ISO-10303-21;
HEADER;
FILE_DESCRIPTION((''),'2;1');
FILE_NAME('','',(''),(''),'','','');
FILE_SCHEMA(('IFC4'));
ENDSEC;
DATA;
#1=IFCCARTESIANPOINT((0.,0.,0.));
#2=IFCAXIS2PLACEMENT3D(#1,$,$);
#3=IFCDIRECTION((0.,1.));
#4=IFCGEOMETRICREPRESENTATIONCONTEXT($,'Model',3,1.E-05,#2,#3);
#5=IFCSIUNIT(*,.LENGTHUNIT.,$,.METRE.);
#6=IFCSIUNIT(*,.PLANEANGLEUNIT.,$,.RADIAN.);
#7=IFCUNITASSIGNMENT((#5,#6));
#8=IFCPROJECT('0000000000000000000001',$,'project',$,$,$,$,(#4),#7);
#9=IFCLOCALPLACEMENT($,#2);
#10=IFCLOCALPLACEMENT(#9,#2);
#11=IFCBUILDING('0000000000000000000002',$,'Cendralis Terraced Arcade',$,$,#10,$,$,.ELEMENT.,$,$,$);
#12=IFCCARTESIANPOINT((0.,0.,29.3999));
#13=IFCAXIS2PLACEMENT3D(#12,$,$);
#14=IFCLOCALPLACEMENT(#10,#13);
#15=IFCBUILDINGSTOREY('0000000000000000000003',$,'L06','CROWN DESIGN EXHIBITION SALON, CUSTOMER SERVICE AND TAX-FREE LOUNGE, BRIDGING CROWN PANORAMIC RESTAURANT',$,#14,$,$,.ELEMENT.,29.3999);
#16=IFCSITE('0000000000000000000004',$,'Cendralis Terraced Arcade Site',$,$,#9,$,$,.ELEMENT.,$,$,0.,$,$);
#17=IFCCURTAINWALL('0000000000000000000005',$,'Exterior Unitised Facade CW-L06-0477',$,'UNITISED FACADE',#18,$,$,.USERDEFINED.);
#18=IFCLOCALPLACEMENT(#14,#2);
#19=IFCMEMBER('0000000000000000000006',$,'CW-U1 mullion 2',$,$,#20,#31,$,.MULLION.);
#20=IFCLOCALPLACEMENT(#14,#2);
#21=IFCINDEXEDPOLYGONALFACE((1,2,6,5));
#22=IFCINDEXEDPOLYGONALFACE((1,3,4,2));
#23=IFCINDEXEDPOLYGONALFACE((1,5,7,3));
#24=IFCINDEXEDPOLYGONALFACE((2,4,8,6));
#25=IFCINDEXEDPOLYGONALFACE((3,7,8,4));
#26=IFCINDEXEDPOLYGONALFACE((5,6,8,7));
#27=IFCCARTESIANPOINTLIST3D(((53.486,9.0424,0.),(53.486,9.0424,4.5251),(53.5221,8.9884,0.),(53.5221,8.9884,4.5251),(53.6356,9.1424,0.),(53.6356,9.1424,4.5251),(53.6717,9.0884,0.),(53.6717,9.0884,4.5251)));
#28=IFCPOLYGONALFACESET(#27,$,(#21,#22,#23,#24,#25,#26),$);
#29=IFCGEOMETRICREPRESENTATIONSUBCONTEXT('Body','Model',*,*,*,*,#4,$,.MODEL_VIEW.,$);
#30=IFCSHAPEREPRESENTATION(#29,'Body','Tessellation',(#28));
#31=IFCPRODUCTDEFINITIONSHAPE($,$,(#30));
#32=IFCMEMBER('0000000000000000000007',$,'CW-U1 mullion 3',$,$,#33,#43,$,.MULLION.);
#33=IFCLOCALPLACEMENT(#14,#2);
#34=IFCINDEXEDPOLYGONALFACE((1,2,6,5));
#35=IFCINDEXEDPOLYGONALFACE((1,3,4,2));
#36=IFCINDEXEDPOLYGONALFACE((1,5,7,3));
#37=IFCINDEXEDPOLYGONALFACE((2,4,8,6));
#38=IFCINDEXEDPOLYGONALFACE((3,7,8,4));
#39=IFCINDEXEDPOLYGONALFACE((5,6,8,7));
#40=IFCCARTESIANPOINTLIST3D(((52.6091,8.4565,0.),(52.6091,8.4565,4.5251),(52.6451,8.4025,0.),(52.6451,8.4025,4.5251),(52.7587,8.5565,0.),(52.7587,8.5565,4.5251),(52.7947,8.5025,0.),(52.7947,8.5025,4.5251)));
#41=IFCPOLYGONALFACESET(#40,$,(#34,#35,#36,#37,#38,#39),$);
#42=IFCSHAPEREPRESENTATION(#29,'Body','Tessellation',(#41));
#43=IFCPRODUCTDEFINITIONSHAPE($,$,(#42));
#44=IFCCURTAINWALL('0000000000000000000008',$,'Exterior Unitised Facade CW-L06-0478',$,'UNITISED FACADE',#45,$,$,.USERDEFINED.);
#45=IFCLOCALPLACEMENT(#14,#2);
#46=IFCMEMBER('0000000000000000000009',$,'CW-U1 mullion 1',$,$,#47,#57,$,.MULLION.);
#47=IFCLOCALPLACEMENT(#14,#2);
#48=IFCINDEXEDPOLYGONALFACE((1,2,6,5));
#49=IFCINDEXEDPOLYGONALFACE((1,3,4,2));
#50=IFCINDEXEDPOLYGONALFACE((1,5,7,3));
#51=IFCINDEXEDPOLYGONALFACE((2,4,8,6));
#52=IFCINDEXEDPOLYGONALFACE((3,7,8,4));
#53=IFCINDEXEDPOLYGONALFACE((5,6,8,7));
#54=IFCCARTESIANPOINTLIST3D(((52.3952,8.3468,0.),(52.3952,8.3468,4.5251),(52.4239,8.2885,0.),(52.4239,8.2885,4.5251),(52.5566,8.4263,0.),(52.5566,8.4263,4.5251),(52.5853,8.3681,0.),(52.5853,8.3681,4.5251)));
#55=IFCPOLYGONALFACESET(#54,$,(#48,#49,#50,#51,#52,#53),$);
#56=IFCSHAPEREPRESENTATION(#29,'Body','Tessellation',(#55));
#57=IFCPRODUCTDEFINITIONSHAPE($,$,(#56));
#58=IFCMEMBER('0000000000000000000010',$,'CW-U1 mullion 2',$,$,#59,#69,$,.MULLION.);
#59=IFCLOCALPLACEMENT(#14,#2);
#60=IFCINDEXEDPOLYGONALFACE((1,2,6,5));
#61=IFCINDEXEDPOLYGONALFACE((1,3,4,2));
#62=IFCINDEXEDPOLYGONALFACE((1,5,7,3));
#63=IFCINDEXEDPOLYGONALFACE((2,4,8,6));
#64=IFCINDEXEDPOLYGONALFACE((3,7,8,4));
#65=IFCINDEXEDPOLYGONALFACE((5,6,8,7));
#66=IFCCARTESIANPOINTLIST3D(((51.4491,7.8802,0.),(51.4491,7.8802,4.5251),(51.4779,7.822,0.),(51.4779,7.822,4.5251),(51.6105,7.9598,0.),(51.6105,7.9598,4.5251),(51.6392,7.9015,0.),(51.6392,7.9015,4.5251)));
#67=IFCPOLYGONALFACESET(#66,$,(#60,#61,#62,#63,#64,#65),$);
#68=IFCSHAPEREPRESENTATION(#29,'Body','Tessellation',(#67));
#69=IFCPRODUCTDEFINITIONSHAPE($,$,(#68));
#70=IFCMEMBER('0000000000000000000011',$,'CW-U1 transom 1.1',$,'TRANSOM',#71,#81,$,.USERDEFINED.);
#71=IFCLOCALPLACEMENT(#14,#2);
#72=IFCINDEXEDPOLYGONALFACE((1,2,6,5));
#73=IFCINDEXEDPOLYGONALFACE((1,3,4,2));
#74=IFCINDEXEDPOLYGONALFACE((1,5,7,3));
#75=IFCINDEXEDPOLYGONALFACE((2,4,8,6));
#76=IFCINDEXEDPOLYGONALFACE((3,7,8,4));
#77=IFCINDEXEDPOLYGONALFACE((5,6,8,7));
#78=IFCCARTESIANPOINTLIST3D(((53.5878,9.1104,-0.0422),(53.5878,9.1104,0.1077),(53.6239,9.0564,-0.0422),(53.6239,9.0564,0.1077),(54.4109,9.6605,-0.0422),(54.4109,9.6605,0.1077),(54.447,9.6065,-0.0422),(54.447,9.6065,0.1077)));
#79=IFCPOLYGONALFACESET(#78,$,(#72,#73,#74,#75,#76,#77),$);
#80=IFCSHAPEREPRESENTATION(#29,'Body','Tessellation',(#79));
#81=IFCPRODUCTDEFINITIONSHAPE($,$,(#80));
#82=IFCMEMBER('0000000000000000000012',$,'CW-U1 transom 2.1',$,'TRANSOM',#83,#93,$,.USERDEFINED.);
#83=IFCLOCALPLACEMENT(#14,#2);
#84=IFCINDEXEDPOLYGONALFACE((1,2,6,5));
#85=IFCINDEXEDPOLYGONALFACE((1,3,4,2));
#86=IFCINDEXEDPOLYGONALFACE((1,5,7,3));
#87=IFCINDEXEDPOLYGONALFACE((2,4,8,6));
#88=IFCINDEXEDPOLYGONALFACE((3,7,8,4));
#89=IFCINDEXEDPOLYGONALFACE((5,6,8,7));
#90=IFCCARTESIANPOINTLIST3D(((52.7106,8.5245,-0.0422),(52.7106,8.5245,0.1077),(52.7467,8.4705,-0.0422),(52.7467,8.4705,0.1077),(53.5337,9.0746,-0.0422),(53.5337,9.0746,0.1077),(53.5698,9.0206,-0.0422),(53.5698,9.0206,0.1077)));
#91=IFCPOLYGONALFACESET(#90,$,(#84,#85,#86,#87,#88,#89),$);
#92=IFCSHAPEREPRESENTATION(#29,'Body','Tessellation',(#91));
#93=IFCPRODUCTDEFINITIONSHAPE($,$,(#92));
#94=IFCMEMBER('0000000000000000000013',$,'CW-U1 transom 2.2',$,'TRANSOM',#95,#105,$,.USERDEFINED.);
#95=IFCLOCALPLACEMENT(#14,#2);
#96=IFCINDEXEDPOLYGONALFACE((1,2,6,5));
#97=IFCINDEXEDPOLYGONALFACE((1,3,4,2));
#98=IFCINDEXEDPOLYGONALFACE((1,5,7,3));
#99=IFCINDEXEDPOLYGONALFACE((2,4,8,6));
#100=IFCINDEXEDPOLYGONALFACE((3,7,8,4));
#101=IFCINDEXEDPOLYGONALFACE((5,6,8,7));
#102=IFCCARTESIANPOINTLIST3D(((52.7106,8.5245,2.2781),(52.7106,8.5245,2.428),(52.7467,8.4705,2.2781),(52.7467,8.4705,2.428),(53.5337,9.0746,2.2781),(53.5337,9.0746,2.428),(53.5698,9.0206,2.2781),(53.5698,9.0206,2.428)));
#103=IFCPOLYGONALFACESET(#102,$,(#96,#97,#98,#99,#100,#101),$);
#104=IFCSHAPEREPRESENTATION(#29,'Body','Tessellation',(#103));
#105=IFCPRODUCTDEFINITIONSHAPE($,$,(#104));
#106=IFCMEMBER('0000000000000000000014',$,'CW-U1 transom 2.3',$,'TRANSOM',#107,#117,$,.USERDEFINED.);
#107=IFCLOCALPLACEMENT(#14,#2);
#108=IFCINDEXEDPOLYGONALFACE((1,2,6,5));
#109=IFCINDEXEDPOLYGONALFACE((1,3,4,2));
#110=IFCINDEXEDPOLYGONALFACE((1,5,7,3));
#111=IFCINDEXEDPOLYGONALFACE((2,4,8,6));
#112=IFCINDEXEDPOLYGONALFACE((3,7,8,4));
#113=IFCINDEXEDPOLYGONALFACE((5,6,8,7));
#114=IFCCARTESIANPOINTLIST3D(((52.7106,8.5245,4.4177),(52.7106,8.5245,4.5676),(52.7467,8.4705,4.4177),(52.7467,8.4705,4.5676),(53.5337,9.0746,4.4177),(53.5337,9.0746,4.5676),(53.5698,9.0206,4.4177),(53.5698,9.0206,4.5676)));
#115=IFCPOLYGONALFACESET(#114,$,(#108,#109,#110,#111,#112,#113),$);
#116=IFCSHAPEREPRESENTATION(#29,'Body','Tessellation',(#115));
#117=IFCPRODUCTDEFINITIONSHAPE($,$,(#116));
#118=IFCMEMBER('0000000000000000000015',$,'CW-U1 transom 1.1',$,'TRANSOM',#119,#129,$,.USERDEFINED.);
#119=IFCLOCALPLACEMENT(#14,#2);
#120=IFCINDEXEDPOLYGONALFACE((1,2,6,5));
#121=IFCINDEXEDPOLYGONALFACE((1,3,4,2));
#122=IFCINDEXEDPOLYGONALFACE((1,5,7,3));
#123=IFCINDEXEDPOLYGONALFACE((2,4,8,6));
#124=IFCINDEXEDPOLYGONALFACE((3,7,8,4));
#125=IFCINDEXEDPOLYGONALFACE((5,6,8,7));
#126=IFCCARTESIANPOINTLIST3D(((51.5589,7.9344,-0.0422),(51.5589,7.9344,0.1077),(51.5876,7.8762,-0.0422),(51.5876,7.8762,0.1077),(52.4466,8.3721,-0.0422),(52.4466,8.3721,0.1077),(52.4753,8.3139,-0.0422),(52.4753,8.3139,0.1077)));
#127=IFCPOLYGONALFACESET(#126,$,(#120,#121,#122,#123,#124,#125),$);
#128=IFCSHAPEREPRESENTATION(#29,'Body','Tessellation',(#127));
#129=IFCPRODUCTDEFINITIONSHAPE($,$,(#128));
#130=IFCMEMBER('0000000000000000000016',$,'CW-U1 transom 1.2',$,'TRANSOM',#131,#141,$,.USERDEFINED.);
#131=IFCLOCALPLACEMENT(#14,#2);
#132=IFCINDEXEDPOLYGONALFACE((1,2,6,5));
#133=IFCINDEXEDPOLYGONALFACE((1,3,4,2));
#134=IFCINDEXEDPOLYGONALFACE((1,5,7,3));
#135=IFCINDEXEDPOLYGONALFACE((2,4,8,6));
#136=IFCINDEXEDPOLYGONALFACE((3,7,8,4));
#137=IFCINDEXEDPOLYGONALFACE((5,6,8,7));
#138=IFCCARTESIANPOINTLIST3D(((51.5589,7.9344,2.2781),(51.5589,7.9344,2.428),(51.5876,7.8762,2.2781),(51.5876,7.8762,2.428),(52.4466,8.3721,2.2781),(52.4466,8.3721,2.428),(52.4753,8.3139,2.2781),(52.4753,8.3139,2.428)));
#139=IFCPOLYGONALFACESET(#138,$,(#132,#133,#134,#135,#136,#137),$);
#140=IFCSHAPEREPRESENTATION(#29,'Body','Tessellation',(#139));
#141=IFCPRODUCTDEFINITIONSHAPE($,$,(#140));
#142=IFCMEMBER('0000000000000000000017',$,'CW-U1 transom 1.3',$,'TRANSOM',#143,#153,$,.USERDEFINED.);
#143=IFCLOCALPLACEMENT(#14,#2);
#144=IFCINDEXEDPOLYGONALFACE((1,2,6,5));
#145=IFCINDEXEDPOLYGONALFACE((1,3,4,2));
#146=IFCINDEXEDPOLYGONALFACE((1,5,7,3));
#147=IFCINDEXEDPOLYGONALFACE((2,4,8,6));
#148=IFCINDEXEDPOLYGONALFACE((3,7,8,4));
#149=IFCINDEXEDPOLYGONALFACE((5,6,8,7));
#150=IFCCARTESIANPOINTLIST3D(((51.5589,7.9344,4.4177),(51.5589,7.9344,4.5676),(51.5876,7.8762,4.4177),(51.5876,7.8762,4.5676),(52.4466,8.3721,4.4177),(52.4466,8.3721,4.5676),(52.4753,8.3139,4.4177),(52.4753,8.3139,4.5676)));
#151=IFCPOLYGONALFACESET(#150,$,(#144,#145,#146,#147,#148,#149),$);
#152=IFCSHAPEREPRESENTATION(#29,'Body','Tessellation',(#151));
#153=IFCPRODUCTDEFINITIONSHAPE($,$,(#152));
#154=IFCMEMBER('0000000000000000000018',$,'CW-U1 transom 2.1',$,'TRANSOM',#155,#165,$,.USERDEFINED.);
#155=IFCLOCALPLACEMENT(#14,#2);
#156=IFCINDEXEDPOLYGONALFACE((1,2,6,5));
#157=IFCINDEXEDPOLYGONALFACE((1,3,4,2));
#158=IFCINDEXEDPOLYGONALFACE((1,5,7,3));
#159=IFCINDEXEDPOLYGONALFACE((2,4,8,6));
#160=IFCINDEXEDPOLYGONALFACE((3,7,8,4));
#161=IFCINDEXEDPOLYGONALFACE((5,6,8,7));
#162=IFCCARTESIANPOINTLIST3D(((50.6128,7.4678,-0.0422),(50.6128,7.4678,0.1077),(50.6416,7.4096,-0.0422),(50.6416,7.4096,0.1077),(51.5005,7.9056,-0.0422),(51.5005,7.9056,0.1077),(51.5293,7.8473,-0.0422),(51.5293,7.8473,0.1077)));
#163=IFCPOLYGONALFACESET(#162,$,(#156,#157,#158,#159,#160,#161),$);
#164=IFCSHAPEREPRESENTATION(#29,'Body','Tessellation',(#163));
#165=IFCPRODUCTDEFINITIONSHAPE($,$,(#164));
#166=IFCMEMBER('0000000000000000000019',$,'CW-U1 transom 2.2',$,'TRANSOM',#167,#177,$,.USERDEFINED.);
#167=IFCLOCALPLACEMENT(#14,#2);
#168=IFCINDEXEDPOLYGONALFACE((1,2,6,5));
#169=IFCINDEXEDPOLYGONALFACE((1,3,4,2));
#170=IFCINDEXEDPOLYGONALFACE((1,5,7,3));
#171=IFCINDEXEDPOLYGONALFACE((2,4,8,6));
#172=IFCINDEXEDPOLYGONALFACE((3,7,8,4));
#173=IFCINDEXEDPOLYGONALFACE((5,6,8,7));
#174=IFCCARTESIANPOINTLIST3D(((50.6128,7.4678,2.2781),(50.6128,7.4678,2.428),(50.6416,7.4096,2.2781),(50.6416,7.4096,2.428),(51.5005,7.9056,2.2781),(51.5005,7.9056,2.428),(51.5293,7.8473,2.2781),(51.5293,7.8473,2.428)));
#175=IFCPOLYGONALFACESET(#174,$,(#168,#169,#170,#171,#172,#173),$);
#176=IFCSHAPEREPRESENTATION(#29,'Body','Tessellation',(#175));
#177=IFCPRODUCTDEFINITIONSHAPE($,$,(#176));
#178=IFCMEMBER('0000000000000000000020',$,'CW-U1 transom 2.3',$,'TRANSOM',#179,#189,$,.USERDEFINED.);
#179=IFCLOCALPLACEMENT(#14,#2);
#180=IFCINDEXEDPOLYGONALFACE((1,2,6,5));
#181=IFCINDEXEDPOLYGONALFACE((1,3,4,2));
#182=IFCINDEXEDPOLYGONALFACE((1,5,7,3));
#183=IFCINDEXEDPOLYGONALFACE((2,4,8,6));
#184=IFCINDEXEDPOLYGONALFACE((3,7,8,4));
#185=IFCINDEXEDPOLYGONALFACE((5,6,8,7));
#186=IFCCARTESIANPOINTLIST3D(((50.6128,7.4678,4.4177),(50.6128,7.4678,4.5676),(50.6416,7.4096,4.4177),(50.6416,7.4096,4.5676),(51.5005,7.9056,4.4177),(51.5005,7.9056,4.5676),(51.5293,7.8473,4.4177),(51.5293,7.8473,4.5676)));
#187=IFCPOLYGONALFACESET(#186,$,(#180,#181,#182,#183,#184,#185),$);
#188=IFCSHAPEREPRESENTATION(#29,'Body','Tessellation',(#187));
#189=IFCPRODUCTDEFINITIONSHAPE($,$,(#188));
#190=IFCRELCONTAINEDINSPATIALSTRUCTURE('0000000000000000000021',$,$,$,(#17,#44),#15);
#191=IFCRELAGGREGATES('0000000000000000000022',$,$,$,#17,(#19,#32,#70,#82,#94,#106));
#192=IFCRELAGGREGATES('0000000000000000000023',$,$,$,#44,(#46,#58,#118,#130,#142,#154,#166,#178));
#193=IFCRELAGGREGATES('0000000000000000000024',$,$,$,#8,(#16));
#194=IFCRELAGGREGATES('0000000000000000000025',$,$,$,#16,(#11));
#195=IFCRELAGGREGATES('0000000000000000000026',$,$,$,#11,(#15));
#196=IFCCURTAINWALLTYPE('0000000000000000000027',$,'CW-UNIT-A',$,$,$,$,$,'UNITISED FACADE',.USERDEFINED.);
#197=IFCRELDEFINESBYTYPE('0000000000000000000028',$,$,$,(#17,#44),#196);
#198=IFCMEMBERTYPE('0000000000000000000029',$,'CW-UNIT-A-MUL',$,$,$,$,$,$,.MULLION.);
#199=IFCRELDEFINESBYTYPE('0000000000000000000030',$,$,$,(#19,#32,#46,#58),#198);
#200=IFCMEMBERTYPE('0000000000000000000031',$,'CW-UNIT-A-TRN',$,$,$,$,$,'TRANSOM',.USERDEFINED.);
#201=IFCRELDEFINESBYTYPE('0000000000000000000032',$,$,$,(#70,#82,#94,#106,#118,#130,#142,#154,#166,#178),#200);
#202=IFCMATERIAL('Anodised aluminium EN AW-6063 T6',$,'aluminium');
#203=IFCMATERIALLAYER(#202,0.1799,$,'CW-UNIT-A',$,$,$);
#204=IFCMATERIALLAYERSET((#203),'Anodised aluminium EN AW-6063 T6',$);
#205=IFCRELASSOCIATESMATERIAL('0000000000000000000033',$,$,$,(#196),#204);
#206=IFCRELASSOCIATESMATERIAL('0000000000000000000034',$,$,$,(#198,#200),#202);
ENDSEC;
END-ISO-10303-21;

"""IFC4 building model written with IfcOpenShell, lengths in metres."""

from ifc_helpers import new_model, si_unit, direction, frame, origin, origin_2d, place, context, subcontext, project, spatial, rectangle, extrude, material, layer, layer_set, material_profile, profile_set, type_object, element, aggregate, save


model = new_model("IFC4")

# Units and contexts
model_context = context("Model", 3, precision=1e-05, world=origin(), true_north=direction((0.0, 1.0)))
body_context = subcontext(model_context, "Body", "Model", "MODEL_VIEW")
ifc_project = project(units=[si_unit("LENGTHUNIT", "METRE"), si_unit("PLANEANGLEUNIT", "RADIAN")], contexts=[model_context])

# Site, building, storey
site_placement = place(None, origin())
site = spatial("IfcSite", under=ifc_project, at=site_placement, Name="Cendralis Terraced Arcade Site", CompositionType="ELEMENT", RefElevation=0.0)
building_placement = place(site_placement, origin())
building = spatial("IfcBuilding", under=site, at=building_placement, Name="Cendralis Terraced Arcade", CompositionType="ELEMENT")
storey_placement = place(building_placement, frame((0.0, 0.0, 29.3999)))
storey = spatial("IfcBuildingStorey", under=building, at=storey_placement, Name="L06", Description="CROWN DESIGN EXHIBITION SALON, CUSTOMER SERVICE AND TAX-FREE LOUNGE, BRIDGING CROWN PANORAMIC RESTAURANT", CompositionType="ELEMENT", Elevation=29.3999)

# Curtain walls, members
ifc_material_1 = material(Name="Anodised aluminium EN AW-6063 T6", Category="aluminium")
ifc_layer_1 = layer(ifc_material_1, 0.1799, Name="CW-UNIT-A")
ifc_layer_set_1 = layer_set([ifc_layer_1], Name="Anodised aluminium EN AW-6063 T6")
curtain_wall_type = type_object("IfcCurtainWallType", Name="CW-UNIT-A", ElementType="UNITISED FACADE", PredefinedType="USERDEFINED", material=ifc_layer_set_1)
curtain_wall_1_placement = place(storey_placement, origin())
curtain_wall_1 = element("IfcCurtainWall", 1, at=curtain_wall_1_placement, inside=storey, type_object=curtain_wall_type, Name="Exterior Unitised Facade CW-L06-0477", ObjectType="UNITISED FACADE", PredefinedType="USERDEFINED")
ifc_material_profile_1 = material_profile(ifc_material_1, rectangle(XDim=0.0649, YDim=0.1799, at=origin_2d()), Name="ALU-MUL-65x180")
ifc_profile_set_1 = profile_set([ifc_material_profile_1], Name="Anodised aluminium EN AW-6063 T6")
member_type_1 = type_object("IfcMemberType", Name="CW-UNIT-A-MUL", PredefinedType="MULLION", material=ifc_profile_set_1)
member_1_placement = place(storey_placement, frame((53.5789, 9.0654, 0.0), z_axis=(0.0, 0.0, 1.0), x_axis=(0.555559, -0.831477, 0.0)))
member_1 = element("IfcMember", 2, at=member_1_placement, type_object=member_type_1, Name="CW-U1 mullion 2", PredefinedType="MULLION", context=body_context, shape_type="SweptSolid", body=[
    extrude(rectangle(XDim=0.0649, YDim=0.1799, at=origin_2d()), origin(), (0.0, 0.0, 1.0), 4.5251),
])
member_2_placement = place(storey_placement, frame((52.7019, 8.4795, 0.0), z_axis=(0.0, 0.0, 1.0), x_axis=(0.555559, -0.831477, 0.0)))
member_2 = element("IfcMember", 3, at=member_2_placement, type_object=member_type_1, Name="CW-U1 mullion 3", PredefinedType="MULLION", context=body_context, shape_type="SweptSolid", body=[
    extrude(rectangle(XDim=0.0649, YDim=0.1799, at=origin_2d()), origin(), (0.0, 0.0, 1.0), 4.5251),
])
curtain_wall_2_placement = place(storey_placement, origin())
curtain_wall_2 = element("IfcCurtainWall", 4, at=curtain_wall_2_placement, inside=storey, type_object=curtain_wall_type, Name="Exterior Unitised Facade CW-L06-0478", ObjectType="UNITISED FACADE", PredefinedType="USERDEFINED")
member_3_placement = place(storey_placement, frame((52.4902, 8.3574, 0.0), z_axis=(0.0, 0.0, 1.0), x_axis=(0.442259, -0.896888, 0.0)))
member_3 = element("IfcMember", 5, at=member_3_placement, type_object=member_type_1, Name="CW-U1 mullion 1", PredefinedType="MULLION", context=body_context, shape_type="SweptSolid", body=[
    extrude(rectangle(XDim=0.0649, YDim=0.1799, at=origin_2d()), origin(), (0.0, 0.0, 1.0), 4.5251),
])
member_4_placement = place(storey_placement, frame((51.5442, 7.8909, 0.0), z_axis=(0.0, 0.0, 1.0), x_axis=(0.442259, -0.896888, 0.0)))
member_4 = element("IfcMember", 6, at=member_4_placement, type_object=member_type_1, Name="CW-U1 mullion 2", PredefinedType="MULLION", context=body_context, shape_type="SweptSolid", body=[
    extrude(rectangle(XDim=0.0649, YDim=0.1799, at=origin_2d()), origin(), (0.0, 0.0, 1.0), 4.5251),
])

# Members
ifc_material_profile_2 = material_profile(ifc_material_1, rectangle(XDim=0.0649, YDim=0.1499, at=origin_2d()), Name="ALU-TRN-65x150")
ifc_profile_set_2 = profile_set([ifc_material_profile_2], Name="Anodised aluminium EN AW-6063 T6")
member_type_2 = type_object("IfcMemberType", Name="CW-UNIT-A-TRN", ElementType="TRANSOM", PredefinedType="USERDEFINED", material=ifc_profile_set_2)
member_5_placement = place(storey_placement, frame((54.429, 9.6335, 0.0327), z_axis=(-0.831405, -0.555667, 0.0), x_axis=(0.555667, -0.831405, 0.0)))
member_5 = element("IfcMember", 7, at=member_5_placement, type_object=member_type_2, Name="CW-U1 transom 1.1", ObjectType="TRANSOM", PredefinedType="USERDEFINED", context=body_context, shape_type="SweptSolid", body=[
    extrude(rectangle(XDim=0.0649, YDim=0.1499, at=origin_2d()), origin(), (0.0, 0.0, 1.0), 0.99),
])
member_6_placement = place(storey_placement, frame((53.5518, 9.0476, 0.0327), z_axis=(-0.831405, -0.555667, 0.0), x_axis=(0.555667, -0.831405, 0.0)))
member_6 = element("IfcMember", 8, at=member_6_placement, type_object=member_type_2, Name="CW-U1 transom 2.1", ObjectType="TRANSOM", PredefinedType="USERDEFINED", context=body_context, shape_type="SweptSolid", body=[
    extrude(rectangle(XDim=0.0649, YDim=0.1499, at=origin_2d()), origin(), (0.0, 0.0, 1.0), 0.99),
])
member_7_placement = place(storey_placement, frame((53.5518, 9.0476, 2.353), z_axis=(-0.831405, -0.555667, 0.0), x_axis=(0.555667, -0.831405, 0.0)))
member_7 = element("IfcMember", 9, at=member_7_placement, type_object=member_type_2, Name="CW-U1 transom 2.2", ObjectType="TRANSOM", PredefinedType="USERDEFINED", context=body_context, shape_type="SweptSolid", body=[
    extrude(rectangle(XDim=0.0649, YDim=0.1499, at=origin_2d()), origin(), (0.0, 0.0, 1.0), 0.99),
])
member_8_placement = place(storey_placement, frame((53.5518, 9.0476, 4.4927), z_axis=(-0.831405, -0.555667, 0.0), x_axis=(0.555667, -0.831405, 0.0)))
member_8 = element("IfcMember", 10, at=member_8_placement, type_object=member_type_2, Name="CW-U1 transom 2.3", ObjectType="TRANSOM", PredefinedType="USERDEFINED", context=body_context, shape_type="SweptSolid", body=[
    extrude(rectangle(XDim=0.0649, YDim=0.1499, at=origin_2d()), origin(), (0.0, 0.0, 1.0), 0.99),
])
member_9_placement = place(storey_placement, frame((52.4609, 8.343, 0.0327), z_axis=(-0.89688, -0.442273, 0.0), x_axis=(0.442273, -0.89688, 0.0)))
member_9 = element("IfcMember", 11, at=member_9_placement, type_object=member_type_2, Name="CW-U1 transom 1.1", ObjectType="TRANSOM", PredefinedType="USERDEFINED", context=body_context, shape_type="SweptSolid", body=[
    extrude(rectangle(XDim=0.0649, YDim=0.1499, at=origin_2d()), origin(), (0.0, 0.0, 1.0), 0.9897),
])
member_10_placement = place(storey_placement, frame((52.4609, 8.343, 2.353), z_axis=(-0.89688, -0.442273, 0.0), x_axis=(0.442273, -0.89688, 0.0)))
member_10 = element("IfcMember", 12, at=member_10_placement, type_object=member_type_2, Name="CW-U1 transom 1.2", ObjectType="TRANSOM", PredefinedType="USERDEFINED", context=body_context, shape_type="SweptSolid", body=[
    extrude(rectangle(XDim=0.0649, YDim=0.1499, at=origin_2d()), origin(), (0.0, 0.0, 1.0), 0.9897),
])
member_11_placement = place(storey_placement, frame((52.4609, 8.343, 4.4927), z_axis=(-0.89688, -0.442273, 0.0), x_axis=(0.442273, -0.89688, 0.0)))
member_11 = element("IfcMember", 13, at=member_11_placement, type_object=member_type_2, Name="CW-U1 transom 1.3", ObjectType="TRANSOM", PredefinedType="USERDEFINED", context=body_context, shape_type="SweptSolid", body=[
    extrude(rectangle(XDim=0.0649, YDim=0.1499, at=origin_2d()), origin(), (0.0, 0.0, 1.0), 0.9897),
])
member_12_placement = place(storey_placement, frame((51.5149, 7.8765, 0.0327), z_axis=(-0.89688, -0.442273, 0.0), x_axis=(0.442273, -0.89688, 0.0)))
member_12 = element("IfcMember", 14, at=member_12_placement, type_object=member_type_2, Name="CW-U1 transom 2.1", ObjectType="TRANSOM", PredefinedType="USERDEFINED", context=body_context, shape_type="SweptSolid", body=[
    extrude(rectangle(XDim=0.0649, YDim=0.1499, at=origin_2d()), origin(), (0.0, 0.0, 1.0), 0.9897),
])
member_13_placement = place(storey_placement, frame((51.5149, 7.8765, 2.353), z_axis=(-0.89688, -0.442273, 0.0), x_axis=(0.442273, -0.89688, 0.0)))
member_13 = element("IfcMember", 15, at=member_13_placement, type_object=member_type_2, Name="CW-U1 transom 2.2", ObjectType="TRANSOM", PredefinedType="USERDEFINED", context=body_context, shape_type="SweptSolid", body=[
    extrude(rectangle(XDim=0.0649, YDim=0.1499, at=origin_2d()), origin(), (0.0, 0.0, 1.0), 0.9897),
])
member_14_placement = place(storey_placement, frame((51.5149, 7.8765, 4.4927), z_axis=(-0.89688, -0.442273, 0.0), x_axis=(0.442273, -0.89688, 0.0)))
member_14 = element("IfcMember", 16, at=member_14_placement, type_object=member_type_2, Name="CW-U1 transom 2.3", ObjectType="TRANSOM", PredefinedType="USERDEFINED", context=body_context, shape_type="SweptSolid", body=[
    extrude(rectangle(XDim=0.0649, YDim=0.1499, at=origin_2d()), origin(), (0.0, 0.0, 1.0), 0.9897),
])

aggregate(curtain_wall_1, [member_1, member_2, member_5, member_6, member_7, member_8])
aggregate(curtain_wall_2, [member_3, member_4, member_9, member_10, member_11, member_12, member_13, member_14])

save(model, "model.ifc")
